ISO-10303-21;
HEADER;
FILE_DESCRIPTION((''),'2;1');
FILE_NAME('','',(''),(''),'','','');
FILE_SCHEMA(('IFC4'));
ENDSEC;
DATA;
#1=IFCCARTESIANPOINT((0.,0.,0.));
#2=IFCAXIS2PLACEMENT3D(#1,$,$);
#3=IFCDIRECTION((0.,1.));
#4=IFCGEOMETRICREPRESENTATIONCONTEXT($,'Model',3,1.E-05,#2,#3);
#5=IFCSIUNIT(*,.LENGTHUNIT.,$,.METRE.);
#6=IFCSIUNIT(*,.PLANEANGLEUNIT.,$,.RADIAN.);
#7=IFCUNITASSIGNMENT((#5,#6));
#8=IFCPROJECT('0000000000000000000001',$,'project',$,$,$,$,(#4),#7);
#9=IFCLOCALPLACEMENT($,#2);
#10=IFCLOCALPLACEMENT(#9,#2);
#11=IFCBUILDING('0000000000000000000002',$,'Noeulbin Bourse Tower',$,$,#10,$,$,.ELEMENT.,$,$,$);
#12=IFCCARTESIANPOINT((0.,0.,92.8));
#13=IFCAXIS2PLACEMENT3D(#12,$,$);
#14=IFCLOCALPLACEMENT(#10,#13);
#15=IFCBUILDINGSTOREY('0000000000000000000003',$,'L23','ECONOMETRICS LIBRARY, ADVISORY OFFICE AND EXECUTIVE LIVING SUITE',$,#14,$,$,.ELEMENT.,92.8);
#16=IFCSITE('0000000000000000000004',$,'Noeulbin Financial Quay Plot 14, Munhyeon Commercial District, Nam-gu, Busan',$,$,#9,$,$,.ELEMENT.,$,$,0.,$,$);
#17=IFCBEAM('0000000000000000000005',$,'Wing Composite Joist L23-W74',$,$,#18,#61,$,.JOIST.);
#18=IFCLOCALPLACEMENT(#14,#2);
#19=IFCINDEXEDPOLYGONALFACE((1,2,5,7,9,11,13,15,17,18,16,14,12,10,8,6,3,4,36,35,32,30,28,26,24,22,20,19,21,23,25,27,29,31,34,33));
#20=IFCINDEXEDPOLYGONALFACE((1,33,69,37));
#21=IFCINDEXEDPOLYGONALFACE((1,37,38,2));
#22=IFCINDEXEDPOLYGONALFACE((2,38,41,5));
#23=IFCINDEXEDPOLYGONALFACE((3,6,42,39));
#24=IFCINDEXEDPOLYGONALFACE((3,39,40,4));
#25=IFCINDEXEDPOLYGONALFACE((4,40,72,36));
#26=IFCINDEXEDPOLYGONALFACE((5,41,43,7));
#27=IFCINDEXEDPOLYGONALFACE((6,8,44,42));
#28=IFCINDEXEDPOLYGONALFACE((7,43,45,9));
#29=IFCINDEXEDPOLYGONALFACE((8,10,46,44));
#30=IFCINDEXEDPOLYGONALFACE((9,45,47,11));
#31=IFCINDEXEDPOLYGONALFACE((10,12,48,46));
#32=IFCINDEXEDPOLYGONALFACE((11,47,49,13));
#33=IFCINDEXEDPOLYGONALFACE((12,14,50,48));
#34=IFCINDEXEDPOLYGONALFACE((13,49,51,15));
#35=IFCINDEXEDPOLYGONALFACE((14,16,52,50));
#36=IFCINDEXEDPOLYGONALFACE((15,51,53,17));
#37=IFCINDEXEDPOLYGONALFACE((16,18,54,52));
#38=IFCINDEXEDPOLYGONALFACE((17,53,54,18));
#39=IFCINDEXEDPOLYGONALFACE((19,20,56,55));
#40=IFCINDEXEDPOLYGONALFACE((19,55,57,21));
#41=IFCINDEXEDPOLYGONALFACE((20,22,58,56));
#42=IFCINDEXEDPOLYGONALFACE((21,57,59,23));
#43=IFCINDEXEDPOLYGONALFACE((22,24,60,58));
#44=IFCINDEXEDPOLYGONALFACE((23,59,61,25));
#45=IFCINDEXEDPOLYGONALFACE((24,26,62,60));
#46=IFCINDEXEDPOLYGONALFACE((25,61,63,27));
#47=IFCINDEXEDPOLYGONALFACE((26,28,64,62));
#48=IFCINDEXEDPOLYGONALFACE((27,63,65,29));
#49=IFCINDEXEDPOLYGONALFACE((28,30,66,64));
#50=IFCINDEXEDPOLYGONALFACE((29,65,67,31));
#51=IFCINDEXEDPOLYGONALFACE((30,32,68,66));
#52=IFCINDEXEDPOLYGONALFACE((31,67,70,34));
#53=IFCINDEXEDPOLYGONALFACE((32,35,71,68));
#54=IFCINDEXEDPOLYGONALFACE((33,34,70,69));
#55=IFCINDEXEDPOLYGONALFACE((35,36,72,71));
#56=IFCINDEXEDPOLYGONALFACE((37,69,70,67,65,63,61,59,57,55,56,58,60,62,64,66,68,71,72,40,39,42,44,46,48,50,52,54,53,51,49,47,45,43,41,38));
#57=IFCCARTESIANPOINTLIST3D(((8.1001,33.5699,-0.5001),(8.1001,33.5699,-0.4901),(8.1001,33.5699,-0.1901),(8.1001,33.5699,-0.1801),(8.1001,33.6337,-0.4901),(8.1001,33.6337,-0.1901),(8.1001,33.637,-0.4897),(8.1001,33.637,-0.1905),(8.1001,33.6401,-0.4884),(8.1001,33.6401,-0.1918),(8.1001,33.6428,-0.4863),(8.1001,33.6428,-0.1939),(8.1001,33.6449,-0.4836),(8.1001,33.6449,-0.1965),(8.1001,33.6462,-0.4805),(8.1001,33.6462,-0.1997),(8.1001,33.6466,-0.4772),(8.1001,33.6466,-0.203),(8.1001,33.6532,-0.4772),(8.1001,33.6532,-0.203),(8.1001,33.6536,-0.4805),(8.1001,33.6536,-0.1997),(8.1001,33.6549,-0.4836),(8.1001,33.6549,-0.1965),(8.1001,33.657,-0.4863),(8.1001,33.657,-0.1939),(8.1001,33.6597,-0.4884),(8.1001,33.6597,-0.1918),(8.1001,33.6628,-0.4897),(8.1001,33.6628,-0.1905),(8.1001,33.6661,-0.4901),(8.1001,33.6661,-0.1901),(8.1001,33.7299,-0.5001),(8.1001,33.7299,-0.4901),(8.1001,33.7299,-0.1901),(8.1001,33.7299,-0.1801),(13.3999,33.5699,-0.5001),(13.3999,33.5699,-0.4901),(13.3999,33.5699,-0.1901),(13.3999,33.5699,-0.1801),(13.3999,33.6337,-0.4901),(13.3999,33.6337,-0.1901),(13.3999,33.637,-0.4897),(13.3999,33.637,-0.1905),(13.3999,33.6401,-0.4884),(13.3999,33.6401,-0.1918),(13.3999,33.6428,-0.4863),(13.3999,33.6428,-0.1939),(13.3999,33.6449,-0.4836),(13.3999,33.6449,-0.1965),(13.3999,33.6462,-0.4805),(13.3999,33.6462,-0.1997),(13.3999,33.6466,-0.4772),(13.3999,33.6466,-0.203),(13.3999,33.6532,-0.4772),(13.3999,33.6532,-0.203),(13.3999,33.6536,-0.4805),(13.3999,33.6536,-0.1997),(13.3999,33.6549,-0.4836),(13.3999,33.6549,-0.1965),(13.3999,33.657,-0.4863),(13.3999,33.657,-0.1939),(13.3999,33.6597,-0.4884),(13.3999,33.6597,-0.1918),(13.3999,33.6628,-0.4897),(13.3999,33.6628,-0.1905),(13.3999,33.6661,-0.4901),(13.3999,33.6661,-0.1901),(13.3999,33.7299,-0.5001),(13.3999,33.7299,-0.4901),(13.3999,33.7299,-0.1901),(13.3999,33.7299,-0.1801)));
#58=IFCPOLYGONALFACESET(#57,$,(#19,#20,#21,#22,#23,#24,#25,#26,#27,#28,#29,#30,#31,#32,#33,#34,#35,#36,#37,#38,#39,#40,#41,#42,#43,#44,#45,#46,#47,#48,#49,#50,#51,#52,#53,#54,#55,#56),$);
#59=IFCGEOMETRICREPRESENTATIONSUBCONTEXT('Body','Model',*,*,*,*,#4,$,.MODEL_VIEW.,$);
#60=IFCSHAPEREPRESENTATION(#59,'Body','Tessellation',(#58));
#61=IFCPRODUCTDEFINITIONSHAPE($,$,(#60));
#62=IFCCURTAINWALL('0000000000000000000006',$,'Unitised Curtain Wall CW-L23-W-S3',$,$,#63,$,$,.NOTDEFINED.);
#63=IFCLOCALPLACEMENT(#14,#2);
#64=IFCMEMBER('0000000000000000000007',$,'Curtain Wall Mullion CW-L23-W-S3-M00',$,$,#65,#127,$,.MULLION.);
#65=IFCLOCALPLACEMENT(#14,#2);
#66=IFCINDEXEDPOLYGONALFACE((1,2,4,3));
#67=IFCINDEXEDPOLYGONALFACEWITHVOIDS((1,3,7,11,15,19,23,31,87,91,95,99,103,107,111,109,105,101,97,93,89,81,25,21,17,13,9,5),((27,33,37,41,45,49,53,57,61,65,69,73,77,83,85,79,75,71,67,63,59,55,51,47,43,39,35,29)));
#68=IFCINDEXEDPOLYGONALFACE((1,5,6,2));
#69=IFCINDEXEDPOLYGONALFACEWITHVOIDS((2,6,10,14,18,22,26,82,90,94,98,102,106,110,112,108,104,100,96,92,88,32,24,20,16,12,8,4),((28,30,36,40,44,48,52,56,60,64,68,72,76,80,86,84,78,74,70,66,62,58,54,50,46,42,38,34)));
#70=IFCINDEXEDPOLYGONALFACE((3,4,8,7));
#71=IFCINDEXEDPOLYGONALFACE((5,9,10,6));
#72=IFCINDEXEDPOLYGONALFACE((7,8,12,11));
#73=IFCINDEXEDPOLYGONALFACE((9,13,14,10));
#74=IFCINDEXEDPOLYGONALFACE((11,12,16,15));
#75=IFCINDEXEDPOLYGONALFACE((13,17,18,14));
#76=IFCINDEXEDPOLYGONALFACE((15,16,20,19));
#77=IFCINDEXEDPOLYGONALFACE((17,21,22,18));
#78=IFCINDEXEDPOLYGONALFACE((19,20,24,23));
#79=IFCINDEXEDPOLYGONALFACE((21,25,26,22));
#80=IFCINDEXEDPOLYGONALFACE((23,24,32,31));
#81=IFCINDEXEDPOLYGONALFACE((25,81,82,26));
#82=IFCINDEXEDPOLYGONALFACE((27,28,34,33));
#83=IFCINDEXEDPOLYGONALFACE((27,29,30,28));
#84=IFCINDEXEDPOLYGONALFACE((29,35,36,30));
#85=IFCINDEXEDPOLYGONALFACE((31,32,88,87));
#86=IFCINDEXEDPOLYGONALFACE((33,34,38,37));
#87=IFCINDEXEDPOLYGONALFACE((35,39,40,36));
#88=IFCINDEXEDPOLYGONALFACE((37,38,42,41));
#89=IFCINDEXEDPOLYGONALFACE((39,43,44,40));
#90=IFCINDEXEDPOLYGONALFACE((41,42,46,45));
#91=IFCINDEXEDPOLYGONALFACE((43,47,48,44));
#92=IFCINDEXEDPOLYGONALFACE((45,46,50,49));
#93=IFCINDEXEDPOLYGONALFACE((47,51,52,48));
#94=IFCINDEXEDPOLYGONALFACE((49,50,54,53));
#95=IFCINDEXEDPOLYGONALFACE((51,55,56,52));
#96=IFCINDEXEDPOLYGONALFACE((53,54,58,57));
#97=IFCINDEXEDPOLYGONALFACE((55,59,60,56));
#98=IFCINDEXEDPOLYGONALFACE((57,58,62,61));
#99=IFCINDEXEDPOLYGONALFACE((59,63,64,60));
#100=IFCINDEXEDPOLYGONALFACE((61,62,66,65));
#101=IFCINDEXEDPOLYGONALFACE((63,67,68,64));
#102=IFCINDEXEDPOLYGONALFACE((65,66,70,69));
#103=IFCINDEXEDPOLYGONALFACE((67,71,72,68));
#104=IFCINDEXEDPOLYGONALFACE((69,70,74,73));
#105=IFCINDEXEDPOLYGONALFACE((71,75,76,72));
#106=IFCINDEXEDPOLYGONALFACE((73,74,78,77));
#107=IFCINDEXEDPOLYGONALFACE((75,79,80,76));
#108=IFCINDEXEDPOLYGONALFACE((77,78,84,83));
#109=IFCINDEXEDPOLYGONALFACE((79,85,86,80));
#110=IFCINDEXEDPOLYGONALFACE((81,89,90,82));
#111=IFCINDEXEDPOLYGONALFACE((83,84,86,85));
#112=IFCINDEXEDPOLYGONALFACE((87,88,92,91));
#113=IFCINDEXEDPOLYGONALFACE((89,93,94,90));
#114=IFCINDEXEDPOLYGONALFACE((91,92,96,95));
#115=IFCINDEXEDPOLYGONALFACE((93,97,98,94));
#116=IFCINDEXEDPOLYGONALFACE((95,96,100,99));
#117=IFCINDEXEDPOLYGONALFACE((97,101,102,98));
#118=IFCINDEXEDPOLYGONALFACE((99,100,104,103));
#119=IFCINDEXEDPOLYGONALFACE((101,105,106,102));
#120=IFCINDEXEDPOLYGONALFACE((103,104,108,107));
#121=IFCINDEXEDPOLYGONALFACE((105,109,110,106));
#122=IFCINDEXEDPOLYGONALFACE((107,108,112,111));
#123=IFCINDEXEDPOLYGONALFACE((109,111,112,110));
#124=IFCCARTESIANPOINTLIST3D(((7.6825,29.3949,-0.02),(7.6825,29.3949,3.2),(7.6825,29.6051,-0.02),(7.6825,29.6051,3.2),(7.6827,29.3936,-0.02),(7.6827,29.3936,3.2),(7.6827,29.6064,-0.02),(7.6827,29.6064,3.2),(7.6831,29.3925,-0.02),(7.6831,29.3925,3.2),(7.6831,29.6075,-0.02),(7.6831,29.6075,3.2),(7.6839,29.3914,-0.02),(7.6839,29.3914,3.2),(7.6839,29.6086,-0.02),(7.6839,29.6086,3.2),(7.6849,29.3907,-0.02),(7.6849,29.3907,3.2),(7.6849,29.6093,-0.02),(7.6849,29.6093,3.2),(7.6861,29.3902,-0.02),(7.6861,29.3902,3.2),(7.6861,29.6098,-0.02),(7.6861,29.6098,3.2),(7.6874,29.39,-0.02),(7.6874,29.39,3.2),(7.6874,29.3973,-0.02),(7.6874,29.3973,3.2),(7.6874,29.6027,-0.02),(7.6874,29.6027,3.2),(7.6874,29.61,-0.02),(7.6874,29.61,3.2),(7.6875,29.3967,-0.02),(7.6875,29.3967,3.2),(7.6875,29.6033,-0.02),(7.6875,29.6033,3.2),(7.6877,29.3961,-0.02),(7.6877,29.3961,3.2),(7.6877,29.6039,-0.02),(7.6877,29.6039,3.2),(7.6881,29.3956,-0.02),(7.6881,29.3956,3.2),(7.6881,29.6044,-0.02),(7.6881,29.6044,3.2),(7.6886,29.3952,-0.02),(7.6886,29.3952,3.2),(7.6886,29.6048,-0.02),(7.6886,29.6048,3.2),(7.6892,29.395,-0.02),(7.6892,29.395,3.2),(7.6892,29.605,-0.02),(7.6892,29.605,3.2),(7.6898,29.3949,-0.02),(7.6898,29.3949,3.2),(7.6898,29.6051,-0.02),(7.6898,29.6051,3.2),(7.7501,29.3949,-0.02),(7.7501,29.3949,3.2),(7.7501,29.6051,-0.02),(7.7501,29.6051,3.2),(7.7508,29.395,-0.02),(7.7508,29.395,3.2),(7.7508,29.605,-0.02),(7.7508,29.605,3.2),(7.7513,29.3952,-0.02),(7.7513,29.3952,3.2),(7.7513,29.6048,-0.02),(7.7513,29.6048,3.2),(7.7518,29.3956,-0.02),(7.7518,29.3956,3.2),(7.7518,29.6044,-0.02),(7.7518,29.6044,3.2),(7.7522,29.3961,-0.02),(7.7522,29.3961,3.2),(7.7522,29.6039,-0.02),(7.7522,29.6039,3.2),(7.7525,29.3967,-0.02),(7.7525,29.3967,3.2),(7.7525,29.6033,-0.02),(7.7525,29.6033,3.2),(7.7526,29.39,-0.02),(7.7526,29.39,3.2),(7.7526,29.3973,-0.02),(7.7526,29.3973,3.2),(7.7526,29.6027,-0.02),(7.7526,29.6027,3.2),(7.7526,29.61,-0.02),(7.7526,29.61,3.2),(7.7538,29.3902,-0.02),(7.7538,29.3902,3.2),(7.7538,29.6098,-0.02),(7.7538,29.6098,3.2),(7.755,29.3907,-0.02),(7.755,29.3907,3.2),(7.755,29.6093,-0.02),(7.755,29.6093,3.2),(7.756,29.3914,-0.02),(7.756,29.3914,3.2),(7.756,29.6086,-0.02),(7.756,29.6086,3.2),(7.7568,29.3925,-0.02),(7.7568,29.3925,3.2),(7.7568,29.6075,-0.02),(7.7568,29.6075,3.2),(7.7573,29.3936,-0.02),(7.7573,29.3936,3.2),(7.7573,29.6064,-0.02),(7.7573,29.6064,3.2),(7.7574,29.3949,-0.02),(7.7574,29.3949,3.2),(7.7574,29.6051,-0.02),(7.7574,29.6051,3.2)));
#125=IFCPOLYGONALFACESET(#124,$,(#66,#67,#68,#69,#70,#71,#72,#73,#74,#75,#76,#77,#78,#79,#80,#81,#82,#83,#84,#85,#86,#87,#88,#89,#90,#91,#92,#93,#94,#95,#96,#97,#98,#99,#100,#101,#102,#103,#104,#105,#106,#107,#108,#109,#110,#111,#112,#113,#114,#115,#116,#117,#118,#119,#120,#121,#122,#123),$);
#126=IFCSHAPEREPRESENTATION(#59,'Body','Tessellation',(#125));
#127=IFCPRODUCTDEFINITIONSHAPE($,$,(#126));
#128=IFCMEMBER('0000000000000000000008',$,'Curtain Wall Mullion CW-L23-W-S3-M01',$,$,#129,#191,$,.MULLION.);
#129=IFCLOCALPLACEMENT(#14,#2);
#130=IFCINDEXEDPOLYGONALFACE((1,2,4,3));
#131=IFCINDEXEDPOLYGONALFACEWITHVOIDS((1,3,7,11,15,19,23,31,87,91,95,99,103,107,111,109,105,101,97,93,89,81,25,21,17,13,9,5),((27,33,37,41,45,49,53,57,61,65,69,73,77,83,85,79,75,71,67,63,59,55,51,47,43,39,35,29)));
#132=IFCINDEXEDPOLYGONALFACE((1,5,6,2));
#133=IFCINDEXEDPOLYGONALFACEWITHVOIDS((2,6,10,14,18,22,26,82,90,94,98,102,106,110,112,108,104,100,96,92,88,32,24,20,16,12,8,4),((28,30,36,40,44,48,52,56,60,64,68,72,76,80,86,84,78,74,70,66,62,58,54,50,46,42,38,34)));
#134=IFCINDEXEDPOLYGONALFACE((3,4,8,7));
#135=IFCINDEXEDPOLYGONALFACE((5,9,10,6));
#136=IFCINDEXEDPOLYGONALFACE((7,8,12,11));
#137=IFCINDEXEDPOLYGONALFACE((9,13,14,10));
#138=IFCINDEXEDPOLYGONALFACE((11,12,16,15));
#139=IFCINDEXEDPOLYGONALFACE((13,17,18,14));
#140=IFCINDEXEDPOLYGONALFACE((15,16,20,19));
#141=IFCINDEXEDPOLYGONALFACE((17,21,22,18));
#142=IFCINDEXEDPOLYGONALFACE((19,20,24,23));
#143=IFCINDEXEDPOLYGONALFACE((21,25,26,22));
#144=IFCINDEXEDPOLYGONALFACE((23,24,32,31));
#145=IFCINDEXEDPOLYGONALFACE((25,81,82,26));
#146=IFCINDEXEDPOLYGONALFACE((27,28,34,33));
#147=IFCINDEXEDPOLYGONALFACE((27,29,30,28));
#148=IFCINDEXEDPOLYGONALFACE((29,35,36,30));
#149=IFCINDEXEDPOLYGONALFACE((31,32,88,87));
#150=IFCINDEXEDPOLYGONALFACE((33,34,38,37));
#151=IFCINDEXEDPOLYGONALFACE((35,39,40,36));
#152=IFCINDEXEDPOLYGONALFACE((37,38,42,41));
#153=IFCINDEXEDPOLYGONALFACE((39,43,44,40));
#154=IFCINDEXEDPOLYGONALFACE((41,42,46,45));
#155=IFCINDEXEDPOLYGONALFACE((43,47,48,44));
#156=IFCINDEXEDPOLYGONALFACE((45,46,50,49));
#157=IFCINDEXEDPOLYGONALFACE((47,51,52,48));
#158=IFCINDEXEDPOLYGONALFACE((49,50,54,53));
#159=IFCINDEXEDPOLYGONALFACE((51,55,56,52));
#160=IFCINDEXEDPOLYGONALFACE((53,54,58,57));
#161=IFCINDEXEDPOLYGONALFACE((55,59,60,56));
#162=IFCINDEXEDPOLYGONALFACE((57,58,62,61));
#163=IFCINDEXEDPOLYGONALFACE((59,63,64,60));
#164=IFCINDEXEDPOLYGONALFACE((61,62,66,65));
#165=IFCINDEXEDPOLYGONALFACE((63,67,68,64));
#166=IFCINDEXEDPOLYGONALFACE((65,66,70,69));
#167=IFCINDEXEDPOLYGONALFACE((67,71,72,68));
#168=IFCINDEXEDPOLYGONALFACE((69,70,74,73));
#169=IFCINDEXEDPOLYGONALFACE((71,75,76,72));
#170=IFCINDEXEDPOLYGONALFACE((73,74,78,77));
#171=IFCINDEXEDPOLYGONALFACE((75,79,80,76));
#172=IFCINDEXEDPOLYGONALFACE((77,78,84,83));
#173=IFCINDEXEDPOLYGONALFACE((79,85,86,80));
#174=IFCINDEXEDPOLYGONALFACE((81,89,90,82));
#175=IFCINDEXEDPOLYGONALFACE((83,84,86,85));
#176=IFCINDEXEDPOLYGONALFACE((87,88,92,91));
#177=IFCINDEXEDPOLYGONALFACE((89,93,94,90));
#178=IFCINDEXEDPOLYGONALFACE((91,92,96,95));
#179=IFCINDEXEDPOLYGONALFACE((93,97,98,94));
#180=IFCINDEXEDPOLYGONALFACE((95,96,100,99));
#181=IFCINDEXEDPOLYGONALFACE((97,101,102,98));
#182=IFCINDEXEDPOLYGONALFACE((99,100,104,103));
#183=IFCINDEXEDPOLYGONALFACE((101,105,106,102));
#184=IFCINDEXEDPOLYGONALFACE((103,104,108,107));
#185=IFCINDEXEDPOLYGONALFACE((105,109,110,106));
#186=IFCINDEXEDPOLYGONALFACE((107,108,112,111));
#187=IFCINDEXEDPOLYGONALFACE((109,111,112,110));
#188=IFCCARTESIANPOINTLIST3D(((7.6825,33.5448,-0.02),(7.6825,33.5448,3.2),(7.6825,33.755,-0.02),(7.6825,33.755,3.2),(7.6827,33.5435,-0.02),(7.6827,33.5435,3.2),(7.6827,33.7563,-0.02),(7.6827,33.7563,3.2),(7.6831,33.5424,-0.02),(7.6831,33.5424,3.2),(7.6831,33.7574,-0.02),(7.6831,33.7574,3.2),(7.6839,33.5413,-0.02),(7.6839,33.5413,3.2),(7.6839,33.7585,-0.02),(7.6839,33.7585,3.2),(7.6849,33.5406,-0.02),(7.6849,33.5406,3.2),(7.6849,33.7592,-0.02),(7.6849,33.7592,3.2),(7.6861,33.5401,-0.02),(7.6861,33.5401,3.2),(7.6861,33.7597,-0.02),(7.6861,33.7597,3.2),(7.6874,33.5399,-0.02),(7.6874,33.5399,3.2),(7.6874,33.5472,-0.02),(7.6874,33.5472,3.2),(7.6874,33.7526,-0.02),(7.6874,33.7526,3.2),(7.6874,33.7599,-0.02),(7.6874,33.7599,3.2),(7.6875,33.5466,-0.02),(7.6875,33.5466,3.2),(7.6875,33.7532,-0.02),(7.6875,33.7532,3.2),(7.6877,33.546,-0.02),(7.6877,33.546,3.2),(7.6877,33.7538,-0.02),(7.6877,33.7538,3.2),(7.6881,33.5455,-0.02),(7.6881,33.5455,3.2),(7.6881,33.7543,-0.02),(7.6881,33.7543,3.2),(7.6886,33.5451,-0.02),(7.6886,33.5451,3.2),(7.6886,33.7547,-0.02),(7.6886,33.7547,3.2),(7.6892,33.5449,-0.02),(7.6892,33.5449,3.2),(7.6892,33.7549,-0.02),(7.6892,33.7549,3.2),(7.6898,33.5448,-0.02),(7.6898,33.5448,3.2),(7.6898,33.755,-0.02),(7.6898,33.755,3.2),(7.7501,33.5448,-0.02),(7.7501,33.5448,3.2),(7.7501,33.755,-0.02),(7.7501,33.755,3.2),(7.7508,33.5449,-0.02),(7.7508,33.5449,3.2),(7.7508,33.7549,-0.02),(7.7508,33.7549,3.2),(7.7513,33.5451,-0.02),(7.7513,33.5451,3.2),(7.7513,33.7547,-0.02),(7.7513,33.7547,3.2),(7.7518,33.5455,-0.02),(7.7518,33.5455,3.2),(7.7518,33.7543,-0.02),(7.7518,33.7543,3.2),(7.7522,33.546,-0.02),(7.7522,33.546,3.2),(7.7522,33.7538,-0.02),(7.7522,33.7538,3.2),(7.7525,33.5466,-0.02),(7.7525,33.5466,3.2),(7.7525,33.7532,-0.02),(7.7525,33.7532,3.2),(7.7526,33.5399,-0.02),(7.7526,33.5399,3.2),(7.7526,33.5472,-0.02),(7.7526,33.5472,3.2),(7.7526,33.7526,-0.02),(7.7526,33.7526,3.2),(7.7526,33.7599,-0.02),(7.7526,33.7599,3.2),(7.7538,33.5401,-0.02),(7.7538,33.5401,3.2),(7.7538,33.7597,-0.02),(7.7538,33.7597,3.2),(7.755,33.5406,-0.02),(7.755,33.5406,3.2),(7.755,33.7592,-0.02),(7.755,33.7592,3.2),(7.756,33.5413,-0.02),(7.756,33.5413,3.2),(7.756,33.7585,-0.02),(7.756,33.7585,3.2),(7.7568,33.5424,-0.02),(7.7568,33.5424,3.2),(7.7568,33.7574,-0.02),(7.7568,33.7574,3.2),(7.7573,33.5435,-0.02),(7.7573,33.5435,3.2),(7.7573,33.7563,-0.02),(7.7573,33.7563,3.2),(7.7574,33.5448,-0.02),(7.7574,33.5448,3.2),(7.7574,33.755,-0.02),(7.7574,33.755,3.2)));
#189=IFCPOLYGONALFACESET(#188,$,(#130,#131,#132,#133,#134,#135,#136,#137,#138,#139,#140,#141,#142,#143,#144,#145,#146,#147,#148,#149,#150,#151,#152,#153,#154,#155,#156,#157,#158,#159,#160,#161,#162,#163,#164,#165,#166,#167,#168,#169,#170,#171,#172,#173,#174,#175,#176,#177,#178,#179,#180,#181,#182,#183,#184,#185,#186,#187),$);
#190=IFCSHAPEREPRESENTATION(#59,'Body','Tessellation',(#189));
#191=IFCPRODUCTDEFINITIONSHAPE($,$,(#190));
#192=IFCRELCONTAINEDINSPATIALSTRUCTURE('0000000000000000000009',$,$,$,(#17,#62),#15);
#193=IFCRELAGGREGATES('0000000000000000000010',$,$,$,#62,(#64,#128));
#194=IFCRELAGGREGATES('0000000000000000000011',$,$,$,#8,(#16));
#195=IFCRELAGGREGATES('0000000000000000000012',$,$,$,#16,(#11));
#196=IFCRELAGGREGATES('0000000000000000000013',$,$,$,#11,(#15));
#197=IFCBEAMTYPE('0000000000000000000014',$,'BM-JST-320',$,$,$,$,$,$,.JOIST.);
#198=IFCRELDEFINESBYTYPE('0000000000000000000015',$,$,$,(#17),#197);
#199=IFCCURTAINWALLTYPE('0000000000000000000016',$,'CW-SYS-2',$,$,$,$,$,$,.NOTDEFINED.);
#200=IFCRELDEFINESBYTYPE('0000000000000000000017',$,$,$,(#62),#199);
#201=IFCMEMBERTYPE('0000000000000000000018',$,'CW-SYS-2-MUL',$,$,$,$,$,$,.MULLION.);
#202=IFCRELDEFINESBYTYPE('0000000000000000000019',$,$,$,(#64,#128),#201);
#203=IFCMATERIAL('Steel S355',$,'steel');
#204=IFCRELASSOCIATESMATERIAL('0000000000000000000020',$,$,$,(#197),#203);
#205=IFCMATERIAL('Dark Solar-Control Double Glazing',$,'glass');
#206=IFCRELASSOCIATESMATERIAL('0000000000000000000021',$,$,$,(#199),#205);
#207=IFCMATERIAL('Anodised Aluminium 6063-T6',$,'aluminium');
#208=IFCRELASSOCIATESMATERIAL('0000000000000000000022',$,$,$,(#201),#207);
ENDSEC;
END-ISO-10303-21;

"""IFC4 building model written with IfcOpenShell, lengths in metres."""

from ifc_helpers import new_model, si_unit, direction, frame, origin, origin_2d, place, context, subcontext, project, spatial, hollow_rectangle, i_section, extrude, material, material_profile, profile_set, type_object, element, aggregate, save


model = new_model("IFC4")

# Units and contexts
model_context = context("Model", 3, precision=1e-05, world=origin(), true_north=direction((0.0, 1.0)))
body_context = subcontext(model_context, "Body", "Model", "MODEL_VIEW")
ifc_project = project(units=[si_unit("LENGTHUNIT", "METRE"), si_unit("PLANEANGLEUNIT", "RADIAN")], contexts=[model_context])

# Site, building, storey
site_placement = place(None, origin())
site = spatial("IfcSite", under=ifc_project, at=site_placement, Name="Noeulbin Financial Quay Plot 14, Munhyeon Commercial District, Nam-gu, Busan", CompositionType="ELEMENT", RefElevation=0.0)
building_placement = place(site_placement, origin())
building = spatial("IfcBuilding", under=site, at=building_placement, Name="Noeulbin Bourse Tower", CompositionType="ELEMENT")
storey_placement = place(building_placement, frame((0.0, 0.0, 92.8)))
storey = spatial("IfcBuildingStorey", under=building, at=storey_placement, Name="L23", Description="ECONOMETRICS LIBRARY, ADVISORY OFFICE AND EXECUTIVE LIVING SUITE", CompositionType="ELEMENT", Elevation=92.8)

# Beam
ifc_material_1 = material(Name="Steel S355", Category="steel")
ifc_material_profile_1 = material_profile(ifc_material_1, i_section(OverallWidth=0.1599, OverallDepth=0.3201, WebThickness=0.0066, FlangeThickness=0.01, FilletRadius=0.0129, at=origin_2d()), Name="H-320x160x6.5x10", Category="LoadBearing")
ifc_profile_set_1 = profile_set([ifc_material_profile_1], Name="Steel S355")
beam_type_1 = type_object("IfcBeamType", Name="BM-JST-320", PredefinedType="JOIST", material=ifc_profile_set_1)
for number, where, z_axis, x_axis, name in (
    (1, (8.1001, 33.6499, -0.3401), (1.0, 0.0, 0.0), (0.0, 1.0, 0.0), "Wing Composite Joist L23-W74"),
):
    element("IfcBeam", number, at=place(storey_placement, frame(where, z_axis=z_axis, x_axis=x_axis)), inside=storey, type_object=beam_type_1, Name=name, PredefinedType="JOIST", context=body_context, shape_type="SweptSolid", body=[
        extrude(i_section(OverallWidth=0.1599, OverallDepth=0.3201, WebThickness=0.0066, FlangeThickness=0.01, FilletRadius=0.0129, at=origin_2d()), origin(), (0.0, 0.0, 1.0), 5.2998),
    ])

# Curtain wall, members
ifc_material_2 = material(Name="Dark Solar-Control Double Glazing", Category="glass")
curtain_wall_type = type_object("IfcCurtainWallType", Name="CW-SYS-2", PredefinedType="NOTDEFINED", material=ifc_material_2)
curtain_wall_placement = place(storey_placement, origin())
curtain_wall = element("IfcCurtainWall", 2, at=curtain_wall_placement, inside=storey, type_object=curtain_wall_type, Name="Unitised Curtain Wall CW-L23-W-S3", PredefinedType="NOTDEFINED")
ifc_material_3 = material(Name="Anodised Aluminium 6063-T6", Category="aluminium")
ifc_material_profile_2 = material_profile(ifc_material_3, hollow_rectangle(XDim=0.075, YDim=0.22, WallThickness=0.0049, InnerFilletRadius=0.0024, OuterFilletRadius=0.0049, at=origin_2d()), Name="ALU-MULL-75x220x5", Category="LoadBearing")
ifc_profile_set_2 = profile_set([ifc_material_profile_2], Name="Anodised Aluminium 6063-T6")
member_type_1 = type_object("IfcMemberType", Name="CW-SYS-2-MUL", PredefinedType="MULLION", material=ifc_profile_set_2)
member_1_placement = place(storey_placement, frame((7.72, 29.5, -0.02), z_axis=(0.0, 0.0, 1.0), x_axis=(1.0, 0.0, 0.0)))
member_1 = element("IfcMember", 3, at=member_1_placement, type_object=member_type_1, Name="Curtain Wall Mullion CW-L23-W-S3-M00", PredefinedType="MULLION", context=body_context, shape_type="SweptSolid", body=[
    extrude(hollow_rectangle(XDim=0.075, YDim=0.22, WallThickness=0.0049, InnerFilletRadius=0.0024, OuterFilletRadius=0.0049, at=origin_2d()), origin(), (0.0, 0.0, 1.0), 3.22),
])
member_2_placement = place(storey_placement, frame((7.72, 33.6499, -0.02), z_axis=(0.0, 0.0, 1.0), x_axis=(1.0, 0.0, 0.0)))
member_2 = element("IfcMember", 4, at=member_2_placement, type_object=member_type_1, Name="Curtain Wall Mullion CW-L23-W-S3-M01", PredefinedType="MULLION", context=body_context, shape_type="SweptSolid", body=[
    extrude(hollow_rectangle(XDim=0.075, YDim=0.22, WallThickness=0.0049, InnerFilletRadius=0.0024, OuterFilletRadius=0.0049, at=origin_2d()), origin(), (0.0, 0.0, 1.0), 3.22),
])
aggregate(curtain_wall, [member_1, member_2])

save(model, "model.ifc")
